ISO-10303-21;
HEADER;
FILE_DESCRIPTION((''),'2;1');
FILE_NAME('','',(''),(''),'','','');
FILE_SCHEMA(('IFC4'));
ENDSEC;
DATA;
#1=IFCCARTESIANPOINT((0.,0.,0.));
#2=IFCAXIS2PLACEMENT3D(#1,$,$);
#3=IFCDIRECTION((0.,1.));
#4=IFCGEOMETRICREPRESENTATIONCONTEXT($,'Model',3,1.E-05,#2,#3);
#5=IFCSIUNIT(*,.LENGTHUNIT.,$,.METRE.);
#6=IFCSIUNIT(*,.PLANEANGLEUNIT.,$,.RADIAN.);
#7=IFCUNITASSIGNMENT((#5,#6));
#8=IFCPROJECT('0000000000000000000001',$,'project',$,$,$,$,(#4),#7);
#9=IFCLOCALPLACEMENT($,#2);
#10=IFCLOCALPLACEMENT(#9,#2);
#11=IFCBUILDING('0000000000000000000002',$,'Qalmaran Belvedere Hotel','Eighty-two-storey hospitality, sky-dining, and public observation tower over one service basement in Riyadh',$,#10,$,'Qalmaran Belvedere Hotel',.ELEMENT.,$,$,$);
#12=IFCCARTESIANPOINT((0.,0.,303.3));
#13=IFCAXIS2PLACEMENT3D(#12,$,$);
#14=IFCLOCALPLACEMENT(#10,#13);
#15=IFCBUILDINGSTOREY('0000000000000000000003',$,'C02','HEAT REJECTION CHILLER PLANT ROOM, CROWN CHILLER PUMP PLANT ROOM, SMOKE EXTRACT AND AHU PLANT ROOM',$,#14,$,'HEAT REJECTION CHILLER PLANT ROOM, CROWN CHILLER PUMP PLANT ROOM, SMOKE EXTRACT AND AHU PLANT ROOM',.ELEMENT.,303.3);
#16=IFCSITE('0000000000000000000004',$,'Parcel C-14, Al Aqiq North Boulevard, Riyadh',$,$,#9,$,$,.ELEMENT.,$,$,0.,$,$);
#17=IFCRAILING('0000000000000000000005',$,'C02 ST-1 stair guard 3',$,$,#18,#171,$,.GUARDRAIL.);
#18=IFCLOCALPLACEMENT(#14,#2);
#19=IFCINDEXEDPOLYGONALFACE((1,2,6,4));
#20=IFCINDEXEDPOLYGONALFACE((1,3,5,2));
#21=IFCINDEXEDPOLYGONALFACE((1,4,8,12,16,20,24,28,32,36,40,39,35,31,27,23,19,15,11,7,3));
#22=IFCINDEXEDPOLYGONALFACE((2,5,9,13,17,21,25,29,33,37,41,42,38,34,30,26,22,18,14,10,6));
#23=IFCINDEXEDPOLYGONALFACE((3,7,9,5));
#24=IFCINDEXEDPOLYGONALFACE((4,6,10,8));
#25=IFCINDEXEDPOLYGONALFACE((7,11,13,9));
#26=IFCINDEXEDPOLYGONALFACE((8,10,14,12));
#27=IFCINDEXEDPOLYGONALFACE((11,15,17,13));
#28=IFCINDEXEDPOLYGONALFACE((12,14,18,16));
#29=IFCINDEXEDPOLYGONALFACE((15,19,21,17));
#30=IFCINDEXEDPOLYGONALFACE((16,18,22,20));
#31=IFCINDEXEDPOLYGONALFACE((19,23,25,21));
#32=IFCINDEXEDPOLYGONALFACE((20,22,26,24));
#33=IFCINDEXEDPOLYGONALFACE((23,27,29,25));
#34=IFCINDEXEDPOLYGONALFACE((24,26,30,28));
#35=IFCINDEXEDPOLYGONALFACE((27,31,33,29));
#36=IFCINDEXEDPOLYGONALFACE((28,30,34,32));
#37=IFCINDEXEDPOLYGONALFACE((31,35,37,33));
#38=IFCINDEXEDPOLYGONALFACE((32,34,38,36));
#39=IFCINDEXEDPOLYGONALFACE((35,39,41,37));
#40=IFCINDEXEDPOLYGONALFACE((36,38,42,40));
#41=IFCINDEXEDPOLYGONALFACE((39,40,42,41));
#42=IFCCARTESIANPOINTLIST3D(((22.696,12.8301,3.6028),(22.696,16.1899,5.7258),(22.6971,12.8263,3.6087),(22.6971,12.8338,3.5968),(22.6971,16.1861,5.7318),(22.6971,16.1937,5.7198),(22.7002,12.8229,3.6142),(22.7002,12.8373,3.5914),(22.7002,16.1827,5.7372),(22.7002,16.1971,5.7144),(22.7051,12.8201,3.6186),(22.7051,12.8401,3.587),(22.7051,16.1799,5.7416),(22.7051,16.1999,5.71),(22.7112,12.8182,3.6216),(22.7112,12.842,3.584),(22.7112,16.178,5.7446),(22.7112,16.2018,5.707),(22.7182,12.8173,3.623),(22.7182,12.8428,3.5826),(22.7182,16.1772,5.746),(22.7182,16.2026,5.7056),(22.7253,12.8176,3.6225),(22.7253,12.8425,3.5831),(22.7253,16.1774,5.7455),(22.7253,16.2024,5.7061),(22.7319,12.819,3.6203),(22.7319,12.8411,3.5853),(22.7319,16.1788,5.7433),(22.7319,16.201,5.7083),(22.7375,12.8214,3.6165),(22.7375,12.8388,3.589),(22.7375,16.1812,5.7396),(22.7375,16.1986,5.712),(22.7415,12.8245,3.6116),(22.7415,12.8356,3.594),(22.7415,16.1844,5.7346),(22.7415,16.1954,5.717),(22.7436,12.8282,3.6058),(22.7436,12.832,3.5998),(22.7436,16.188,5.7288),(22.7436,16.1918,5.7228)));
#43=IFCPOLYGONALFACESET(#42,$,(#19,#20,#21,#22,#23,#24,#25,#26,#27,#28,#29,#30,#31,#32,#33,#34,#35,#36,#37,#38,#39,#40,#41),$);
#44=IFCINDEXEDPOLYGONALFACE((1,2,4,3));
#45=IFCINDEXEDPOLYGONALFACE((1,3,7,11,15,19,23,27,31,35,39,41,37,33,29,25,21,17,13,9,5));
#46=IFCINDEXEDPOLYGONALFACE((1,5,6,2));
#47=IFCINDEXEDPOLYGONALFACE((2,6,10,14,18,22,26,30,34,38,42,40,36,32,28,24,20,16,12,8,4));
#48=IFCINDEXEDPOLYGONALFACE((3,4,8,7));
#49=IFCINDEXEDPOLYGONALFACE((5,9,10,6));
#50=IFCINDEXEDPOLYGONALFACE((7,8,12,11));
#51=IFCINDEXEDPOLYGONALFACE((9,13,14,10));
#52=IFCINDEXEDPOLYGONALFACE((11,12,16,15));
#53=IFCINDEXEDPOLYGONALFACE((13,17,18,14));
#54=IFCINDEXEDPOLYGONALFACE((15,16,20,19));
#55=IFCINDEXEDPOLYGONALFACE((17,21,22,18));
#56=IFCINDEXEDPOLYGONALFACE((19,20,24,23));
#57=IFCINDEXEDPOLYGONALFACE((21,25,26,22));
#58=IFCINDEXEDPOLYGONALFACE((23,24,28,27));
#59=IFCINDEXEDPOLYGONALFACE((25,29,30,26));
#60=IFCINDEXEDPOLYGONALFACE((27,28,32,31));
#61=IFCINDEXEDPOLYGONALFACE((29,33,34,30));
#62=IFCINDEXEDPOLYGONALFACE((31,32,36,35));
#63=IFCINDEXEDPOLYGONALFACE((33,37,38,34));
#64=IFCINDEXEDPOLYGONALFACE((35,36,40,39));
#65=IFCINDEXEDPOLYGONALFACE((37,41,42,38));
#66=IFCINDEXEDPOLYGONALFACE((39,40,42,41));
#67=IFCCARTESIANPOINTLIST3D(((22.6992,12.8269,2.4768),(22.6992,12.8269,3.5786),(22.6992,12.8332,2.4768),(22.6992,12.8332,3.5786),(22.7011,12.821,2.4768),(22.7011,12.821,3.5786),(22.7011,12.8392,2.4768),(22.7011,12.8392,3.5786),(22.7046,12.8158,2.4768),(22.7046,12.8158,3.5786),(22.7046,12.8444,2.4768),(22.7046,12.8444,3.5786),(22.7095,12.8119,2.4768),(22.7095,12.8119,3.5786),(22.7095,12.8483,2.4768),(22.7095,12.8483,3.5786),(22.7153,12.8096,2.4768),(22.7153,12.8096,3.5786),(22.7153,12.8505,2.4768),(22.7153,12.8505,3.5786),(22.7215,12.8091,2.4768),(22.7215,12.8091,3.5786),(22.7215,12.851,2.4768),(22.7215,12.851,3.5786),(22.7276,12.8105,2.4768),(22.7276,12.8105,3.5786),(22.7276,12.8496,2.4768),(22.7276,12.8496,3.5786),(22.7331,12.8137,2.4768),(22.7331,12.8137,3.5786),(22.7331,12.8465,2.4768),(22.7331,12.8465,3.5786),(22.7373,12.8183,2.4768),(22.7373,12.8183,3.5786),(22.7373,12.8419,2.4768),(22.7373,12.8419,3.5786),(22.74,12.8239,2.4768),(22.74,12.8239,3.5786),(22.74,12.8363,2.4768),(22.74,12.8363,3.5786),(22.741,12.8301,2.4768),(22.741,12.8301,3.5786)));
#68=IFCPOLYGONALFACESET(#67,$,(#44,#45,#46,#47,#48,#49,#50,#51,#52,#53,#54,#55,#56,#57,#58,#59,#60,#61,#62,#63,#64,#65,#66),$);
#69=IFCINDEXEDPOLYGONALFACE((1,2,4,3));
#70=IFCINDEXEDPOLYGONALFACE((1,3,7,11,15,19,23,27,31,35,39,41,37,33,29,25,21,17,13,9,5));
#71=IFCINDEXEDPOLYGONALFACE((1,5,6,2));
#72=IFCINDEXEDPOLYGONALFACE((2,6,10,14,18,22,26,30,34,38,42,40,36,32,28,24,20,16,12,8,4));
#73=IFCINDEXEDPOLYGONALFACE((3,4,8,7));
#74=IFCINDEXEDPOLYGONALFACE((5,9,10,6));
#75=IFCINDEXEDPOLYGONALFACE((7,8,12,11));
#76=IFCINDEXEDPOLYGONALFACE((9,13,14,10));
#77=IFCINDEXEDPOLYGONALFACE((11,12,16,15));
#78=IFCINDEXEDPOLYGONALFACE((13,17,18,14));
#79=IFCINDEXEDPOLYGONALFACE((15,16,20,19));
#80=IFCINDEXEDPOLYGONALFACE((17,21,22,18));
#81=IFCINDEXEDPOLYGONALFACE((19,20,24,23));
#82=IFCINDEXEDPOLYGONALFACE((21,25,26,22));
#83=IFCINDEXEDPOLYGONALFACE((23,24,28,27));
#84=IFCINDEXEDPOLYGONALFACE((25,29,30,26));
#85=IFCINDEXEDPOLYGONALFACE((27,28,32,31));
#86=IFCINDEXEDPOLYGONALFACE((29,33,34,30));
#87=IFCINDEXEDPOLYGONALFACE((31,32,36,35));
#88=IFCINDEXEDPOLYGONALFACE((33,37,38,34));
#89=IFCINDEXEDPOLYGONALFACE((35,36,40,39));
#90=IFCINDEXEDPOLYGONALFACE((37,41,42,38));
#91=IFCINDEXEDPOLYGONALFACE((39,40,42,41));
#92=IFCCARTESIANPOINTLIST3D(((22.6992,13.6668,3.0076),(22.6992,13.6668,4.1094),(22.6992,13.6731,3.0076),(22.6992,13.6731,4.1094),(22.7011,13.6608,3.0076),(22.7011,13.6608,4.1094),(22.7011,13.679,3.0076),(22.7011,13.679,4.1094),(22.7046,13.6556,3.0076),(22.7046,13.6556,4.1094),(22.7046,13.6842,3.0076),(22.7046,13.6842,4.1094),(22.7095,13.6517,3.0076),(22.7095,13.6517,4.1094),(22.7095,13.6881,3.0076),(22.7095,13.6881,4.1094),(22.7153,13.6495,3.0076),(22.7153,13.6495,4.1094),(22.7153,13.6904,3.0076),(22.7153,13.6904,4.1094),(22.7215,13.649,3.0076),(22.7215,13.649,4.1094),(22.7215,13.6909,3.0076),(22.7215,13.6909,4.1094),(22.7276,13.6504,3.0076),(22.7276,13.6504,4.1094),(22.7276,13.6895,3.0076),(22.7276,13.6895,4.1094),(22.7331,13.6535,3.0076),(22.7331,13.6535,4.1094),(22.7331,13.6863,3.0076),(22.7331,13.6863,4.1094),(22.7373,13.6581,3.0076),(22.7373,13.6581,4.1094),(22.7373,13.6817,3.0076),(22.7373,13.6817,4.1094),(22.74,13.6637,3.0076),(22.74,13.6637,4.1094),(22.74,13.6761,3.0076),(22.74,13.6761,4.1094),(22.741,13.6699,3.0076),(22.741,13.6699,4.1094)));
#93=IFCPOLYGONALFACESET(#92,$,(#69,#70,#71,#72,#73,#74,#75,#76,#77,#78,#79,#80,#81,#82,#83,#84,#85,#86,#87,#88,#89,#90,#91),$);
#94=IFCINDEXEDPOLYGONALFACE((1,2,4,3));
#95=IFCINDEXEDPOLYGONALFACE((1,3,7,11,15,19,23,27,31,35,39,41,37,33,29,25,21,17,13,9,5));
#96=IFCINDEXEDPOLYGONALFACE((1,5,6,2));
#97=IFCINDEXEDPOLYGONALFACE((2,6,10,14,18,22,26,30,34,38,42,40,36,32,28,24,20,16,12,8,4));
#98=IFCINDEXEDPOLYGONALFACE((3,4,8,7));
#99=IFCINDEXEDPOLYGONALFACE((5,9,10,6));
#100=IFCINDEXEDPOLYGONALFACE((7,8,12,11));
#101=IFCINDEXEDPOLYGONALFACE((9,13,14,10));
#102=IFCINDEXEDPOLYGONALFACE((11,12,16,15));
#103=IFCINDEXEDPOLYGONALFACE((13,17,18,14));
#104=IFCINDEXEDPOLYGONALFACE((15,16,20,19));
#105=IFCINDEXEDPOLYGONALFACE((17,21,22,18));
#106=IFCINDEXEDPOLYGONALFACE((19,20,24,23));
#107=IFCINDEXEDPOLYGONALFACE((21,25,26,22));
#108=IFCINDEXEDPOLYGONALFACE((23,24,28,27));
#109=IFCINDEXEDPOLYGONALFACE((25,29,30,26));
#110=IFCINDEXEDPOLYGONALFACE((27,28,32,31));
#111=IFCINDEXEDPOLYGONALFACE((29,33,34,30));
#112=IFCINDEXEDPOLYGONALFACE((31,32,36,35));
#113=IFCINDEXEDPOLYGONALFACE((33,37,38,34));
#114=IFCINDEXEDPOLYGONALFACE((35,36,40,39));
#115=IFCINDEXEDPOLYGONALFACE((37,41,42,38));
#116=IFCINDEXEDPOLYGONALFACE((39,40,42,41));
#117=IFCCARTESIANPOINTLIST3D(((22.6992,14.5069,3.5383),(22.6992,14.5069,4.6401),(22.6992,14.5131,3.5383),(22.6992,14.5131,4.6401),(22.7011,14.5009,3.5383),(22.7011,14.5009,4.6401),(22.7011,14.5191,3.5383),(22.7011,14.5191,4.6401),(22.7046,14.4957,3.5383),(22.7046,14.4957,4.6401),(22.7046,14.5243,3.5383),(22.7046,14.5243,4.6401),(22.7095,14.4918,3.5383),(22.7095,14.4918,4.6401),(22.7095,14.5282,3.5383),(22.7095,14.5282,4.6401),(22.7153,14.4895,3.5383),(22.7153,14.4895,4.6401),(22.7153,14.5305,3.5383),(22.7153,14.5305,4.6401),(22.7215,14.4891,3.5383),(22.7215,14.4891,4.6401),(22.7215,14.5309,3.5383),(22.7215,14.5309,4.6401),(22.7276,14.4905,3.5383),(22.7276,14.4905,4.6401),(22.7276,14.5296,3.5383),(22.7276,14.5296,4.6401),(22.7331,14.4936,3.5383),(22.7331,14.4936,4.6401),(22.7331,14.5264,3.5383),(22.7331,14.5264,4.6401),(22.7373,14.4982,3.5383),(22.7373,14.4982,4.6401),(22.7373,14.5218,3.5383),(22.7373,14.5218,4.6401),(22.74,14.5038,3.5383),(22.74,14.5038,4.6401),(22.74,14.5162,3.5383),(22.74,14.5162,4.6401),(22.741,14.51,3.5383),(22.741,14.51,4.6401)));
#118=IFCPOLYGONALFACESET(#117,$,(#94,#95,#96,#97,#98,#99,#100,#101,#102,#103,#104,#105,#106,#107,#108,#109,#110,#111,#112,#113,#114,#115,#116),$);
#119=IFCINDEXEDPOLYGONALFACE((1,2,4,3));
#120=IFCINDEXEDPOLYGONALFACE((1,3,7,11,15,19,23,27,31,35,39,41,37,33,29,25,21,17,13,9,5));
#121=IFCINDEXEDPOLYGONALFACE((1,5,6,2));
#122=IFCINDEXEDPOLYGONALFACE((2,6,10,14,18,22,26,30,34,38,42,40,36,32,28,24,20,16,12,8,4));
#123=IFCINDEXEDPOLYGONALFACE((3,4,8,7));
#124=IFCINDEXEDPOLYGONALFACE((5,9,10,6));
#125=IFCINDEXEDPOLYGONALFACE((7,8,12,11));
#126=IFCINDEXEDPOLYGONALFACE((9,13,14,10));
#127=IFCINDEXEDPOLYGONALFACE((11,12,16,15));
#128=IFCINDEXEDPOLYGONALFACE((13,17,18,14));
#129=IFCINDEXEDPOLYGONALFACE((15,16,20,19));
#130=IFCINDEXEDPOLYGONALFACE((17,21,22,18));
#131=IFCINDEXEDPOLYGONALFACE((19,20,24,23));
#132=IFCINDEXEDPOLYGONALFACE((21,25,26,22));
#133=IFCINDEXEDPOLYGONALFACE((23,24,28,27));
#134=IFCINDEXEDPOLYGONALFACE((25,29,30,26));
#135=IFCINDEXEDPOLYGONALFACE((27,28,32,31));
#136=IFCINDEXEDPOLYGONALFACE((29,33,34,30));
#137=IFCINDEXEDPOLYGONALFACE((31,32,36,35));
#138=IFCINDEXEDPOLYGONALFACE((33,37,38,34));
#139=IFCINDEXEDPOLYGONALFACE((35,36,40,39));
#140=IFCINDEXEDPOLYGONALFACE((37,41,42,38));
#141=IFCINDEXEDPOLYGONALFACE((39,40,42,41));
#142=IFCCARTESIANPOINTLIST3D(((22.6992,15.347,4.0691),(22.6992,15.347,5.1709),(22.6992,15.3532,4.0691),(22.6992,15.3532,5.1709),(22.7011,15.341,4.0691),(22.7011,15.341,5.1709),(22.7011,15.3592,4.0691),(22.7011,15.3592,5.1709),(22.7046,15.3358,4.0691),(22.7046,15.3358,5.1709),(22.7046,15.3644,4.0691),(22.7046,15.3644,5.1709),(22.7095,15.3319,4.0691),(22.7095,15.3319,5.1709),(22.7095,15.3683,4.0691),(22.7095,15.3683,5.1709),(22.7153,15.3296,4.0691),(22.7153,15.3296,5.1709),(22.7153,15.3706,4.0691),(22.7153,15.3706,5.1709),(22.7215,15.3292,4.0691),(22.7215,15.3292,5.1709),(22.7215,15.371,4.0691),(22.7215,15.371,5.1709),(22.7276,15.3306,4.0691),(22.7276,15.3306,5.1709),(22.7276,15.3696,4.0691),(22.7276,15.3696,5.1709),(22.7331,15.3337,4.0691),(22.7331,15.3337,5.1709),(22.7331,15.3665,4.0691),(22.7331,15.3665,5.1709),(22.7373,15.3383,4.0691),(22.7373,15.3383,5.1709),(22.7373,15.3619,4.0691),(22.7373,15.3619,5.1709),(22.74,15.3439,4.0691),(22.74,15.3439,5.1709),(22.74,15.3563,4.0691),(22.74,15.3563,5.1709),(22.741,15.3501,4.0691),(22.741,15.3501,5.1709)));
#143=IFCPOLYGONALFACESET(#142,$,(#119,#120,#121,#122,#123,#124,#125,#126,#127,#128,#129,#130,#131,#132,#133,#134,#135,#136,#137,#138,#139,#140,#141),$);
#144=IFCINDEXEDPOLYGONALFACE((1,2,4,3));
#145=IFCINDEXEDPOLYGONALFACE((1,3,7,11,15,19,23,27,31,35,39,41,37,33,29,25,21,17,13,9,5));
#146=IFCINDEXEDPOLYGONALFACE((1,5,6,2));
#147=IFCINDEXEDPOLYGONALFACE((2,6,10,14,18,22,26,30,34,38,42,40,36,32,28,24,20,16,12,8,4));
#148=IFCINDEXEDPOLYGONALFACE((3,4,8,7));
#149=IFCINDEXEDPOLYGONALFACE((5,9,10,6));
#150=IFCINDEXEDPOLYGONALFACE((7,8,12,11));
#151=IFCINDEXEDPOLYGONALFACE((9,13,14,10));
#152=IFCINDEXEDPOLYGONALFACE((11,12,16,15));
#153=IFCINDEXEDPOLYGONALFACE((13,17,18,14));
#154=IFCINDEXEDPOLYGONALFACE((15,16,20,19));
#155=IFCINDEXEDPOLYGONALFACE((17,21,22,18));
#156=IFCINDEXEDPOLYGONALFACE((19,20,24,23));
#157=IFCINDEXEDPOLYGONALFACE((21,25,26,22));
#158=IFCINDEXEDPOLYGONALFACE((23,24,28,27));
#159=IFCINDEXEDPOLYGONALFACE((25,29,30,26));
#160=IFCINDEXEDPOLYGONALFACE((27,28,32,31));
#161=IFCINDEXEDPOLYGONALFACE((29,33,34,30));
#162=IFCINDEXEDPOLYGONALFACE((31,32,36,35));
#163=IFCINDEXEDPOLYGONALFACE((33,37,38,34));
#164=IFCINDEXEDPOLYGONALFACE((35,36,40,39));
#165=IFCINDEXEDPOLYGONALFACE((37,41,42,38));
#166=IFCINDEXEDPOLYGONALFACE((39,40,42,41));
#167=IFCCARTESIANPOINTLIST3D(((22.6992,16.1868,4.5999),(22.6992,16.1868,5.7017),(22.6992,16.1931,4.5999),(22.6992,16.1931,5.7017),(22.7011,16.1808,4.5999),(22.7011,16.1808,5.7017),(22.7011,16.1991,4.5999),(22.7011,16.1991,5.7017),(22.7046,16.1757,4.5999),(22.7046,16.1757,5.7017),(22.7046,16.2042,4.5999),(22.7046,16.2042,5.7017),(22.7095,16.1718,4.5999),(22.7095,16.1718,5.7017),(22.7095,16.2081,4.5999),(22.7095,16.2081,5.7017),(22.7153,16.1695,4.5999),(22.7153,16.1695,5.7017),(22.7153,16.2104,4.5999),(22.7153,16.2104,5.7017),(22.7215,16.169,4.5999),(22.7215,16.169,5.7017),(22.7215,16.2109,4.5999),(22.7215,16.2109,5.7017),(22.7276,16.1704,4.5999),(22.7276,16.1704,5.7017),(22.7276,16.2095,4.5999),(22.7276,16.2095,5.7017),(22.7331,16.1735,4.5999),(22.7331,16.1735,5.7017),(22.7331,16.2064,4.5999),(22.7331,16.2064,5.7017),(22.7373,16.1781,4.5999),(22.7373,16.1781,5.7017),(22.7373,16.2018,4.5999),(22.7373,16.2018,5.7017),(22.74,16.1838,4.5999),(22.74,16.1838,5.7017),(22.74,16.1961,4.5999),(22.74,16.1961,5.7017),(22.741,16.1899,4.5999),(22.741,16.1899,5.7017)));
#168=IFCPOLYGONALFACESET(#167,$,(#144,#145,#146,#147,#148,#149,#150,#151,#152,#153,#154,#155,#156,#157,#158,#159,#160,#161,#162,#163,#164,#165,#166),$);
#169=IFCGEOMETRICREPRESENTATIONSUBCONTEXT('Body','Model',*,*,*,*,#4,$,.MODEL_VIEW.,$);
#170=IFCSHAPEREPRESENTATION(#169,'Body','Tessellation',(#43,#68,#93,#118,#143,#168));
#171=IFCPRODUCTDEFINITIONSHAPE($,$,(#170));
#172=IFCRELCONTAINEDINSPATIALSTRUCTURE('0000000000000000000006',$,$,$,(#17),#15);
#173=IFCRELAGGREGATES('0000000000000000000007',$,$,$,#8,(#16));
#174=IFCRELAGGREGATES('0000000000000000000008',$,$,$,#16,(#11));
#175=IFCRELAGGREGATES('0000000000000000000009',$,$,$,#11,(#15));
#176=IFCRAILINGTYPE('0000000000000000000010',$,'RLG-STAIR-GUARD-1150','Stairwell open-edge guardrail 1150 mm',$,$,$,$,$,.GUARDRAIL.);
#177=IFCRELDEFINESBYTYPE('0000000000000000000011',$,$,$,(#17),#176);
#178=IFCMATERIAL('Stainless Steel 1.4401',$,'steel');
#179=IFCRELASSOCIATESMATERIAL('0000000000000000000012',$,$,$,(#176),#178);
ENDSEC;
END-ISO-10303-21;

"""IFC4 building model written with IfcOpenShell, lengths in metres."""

from ifc_helpers import new_model, si_unit, direction, frame, origin, origin_2d, place, context, subcontext, project, spatial, circle, extrude, material, type_object, element, save


model = new_model("IFC4")

# Units and contexts
model_context = context("Model", 3, precision=1e-05, world=origin(), true_north=direction((0.0, 1.0)))
body_context = subcontext(model_context, "Body", "Model", "MODEL_VIEW")
ifc_project = project(units=[si_unit("LENGTHUNIT", "METRE"), si_unit("PLANEANGLEUNIT", "RADIAN")], contexts=[model_context])

# Site, building, storey
site_placement = place(None, origin())
site = spatial("IfcSite", under=ifc_project, at=site_placement, Name="Parcel C-14, Al Aqiq North Boulevard, Riyadh", CompositionType="ELEMENT", RefElevation=0.0)
building_placement = place(site_placement, origin())
building = spatial("IfcBuilding", under=site, at=building_placement, Name="Qalmaran Belvedere Hotel", Description="Eighty-two-storey hospitality, sky-dining, and public observation tower over one service basement in Riyadh", LongName="Qalmaran Belvedere Hotel", CompositionType="ELEMENT")
storey_placement = place(building_placement, frame((0.0, 0.0, 303.3)))
storey = spatial("IfcBuildingStorey", under=building, at=storey_placement, Name="C02", Description="HEAT REJECTION CHILLER PLANT ROOM, CROWN CHILLER PUMP PLANT ROOM, SMOKE EXTRACT AND AHU PLANT ROOM", LongName="HEAT REJECTION CHILLER PLANT ROOM, CROWN CHILLER PUMP PLANT ROOM, SMOKE EXTRACT AND AHU PLANT ROOM", CompositionType="ELEMENT", Elevation=303.3)

# Railing
ifc_material_1 = material(Name="Stainless Steel 1.4401", Category="steel")
railing_type_1 = type_object("IfcRailingType", Name="RLG-STAIR-GUARD-1150", Description="Stairwell open-edge guardrail 1150 mm", PredefinedType="GUARDRAIL", material=ifc_material_1)
railing_1_placement = place(storey_placement, frame((22.72, 12.8301, 2.4768)))
element("IfcRailing", 1, at=railing_1_placement, inside=storey, type_object=railing_type_1, Name="C02 ST-1 stair guard 3", PredefinedType="GUARDRAIL", context=body_context, shape_type="SweptSolid", body=[
    extrude(circle(Radius=0.0239, at=origin_2d()), frame((0.0, 0.0, 1.126), z_axis=(0.0, 0.845372, 0.534178), x_axis=(-1.0, 0.0, 0.0)), (0.0, 0.0, 1.0), 3.9744),
    extrude(circle(Radius=0.021, at=origin_2d()), origin(), (0.0, 0.0, 1.0), 1.1018),
    extrude(circle(Radius=0.021, at=origin_2d()), frame((0.0, 0.8398, 0.5308)), (0.0, 0.0, 1.0), 1.1018),
    extrude(circle(Radius=0.021, at=origin_2d()), frame((0.0, 1.6799, 1.0615)), (0.0, 0.0, 1.0), 1.1018),
    extrude(circle(Radius=0.021, at=origin_2d()), frame((0.0, 2.52, 1.5923)), (0.0, 0.0, 1.0), 1.1018),
    extrude(circle(Radius=0.021, at=origin_2d()), frame((0.0, 3.3599, 2.123)), (0.0, 0.0, 1.0), 1.1018),
])

save(model, "model.ifc")
